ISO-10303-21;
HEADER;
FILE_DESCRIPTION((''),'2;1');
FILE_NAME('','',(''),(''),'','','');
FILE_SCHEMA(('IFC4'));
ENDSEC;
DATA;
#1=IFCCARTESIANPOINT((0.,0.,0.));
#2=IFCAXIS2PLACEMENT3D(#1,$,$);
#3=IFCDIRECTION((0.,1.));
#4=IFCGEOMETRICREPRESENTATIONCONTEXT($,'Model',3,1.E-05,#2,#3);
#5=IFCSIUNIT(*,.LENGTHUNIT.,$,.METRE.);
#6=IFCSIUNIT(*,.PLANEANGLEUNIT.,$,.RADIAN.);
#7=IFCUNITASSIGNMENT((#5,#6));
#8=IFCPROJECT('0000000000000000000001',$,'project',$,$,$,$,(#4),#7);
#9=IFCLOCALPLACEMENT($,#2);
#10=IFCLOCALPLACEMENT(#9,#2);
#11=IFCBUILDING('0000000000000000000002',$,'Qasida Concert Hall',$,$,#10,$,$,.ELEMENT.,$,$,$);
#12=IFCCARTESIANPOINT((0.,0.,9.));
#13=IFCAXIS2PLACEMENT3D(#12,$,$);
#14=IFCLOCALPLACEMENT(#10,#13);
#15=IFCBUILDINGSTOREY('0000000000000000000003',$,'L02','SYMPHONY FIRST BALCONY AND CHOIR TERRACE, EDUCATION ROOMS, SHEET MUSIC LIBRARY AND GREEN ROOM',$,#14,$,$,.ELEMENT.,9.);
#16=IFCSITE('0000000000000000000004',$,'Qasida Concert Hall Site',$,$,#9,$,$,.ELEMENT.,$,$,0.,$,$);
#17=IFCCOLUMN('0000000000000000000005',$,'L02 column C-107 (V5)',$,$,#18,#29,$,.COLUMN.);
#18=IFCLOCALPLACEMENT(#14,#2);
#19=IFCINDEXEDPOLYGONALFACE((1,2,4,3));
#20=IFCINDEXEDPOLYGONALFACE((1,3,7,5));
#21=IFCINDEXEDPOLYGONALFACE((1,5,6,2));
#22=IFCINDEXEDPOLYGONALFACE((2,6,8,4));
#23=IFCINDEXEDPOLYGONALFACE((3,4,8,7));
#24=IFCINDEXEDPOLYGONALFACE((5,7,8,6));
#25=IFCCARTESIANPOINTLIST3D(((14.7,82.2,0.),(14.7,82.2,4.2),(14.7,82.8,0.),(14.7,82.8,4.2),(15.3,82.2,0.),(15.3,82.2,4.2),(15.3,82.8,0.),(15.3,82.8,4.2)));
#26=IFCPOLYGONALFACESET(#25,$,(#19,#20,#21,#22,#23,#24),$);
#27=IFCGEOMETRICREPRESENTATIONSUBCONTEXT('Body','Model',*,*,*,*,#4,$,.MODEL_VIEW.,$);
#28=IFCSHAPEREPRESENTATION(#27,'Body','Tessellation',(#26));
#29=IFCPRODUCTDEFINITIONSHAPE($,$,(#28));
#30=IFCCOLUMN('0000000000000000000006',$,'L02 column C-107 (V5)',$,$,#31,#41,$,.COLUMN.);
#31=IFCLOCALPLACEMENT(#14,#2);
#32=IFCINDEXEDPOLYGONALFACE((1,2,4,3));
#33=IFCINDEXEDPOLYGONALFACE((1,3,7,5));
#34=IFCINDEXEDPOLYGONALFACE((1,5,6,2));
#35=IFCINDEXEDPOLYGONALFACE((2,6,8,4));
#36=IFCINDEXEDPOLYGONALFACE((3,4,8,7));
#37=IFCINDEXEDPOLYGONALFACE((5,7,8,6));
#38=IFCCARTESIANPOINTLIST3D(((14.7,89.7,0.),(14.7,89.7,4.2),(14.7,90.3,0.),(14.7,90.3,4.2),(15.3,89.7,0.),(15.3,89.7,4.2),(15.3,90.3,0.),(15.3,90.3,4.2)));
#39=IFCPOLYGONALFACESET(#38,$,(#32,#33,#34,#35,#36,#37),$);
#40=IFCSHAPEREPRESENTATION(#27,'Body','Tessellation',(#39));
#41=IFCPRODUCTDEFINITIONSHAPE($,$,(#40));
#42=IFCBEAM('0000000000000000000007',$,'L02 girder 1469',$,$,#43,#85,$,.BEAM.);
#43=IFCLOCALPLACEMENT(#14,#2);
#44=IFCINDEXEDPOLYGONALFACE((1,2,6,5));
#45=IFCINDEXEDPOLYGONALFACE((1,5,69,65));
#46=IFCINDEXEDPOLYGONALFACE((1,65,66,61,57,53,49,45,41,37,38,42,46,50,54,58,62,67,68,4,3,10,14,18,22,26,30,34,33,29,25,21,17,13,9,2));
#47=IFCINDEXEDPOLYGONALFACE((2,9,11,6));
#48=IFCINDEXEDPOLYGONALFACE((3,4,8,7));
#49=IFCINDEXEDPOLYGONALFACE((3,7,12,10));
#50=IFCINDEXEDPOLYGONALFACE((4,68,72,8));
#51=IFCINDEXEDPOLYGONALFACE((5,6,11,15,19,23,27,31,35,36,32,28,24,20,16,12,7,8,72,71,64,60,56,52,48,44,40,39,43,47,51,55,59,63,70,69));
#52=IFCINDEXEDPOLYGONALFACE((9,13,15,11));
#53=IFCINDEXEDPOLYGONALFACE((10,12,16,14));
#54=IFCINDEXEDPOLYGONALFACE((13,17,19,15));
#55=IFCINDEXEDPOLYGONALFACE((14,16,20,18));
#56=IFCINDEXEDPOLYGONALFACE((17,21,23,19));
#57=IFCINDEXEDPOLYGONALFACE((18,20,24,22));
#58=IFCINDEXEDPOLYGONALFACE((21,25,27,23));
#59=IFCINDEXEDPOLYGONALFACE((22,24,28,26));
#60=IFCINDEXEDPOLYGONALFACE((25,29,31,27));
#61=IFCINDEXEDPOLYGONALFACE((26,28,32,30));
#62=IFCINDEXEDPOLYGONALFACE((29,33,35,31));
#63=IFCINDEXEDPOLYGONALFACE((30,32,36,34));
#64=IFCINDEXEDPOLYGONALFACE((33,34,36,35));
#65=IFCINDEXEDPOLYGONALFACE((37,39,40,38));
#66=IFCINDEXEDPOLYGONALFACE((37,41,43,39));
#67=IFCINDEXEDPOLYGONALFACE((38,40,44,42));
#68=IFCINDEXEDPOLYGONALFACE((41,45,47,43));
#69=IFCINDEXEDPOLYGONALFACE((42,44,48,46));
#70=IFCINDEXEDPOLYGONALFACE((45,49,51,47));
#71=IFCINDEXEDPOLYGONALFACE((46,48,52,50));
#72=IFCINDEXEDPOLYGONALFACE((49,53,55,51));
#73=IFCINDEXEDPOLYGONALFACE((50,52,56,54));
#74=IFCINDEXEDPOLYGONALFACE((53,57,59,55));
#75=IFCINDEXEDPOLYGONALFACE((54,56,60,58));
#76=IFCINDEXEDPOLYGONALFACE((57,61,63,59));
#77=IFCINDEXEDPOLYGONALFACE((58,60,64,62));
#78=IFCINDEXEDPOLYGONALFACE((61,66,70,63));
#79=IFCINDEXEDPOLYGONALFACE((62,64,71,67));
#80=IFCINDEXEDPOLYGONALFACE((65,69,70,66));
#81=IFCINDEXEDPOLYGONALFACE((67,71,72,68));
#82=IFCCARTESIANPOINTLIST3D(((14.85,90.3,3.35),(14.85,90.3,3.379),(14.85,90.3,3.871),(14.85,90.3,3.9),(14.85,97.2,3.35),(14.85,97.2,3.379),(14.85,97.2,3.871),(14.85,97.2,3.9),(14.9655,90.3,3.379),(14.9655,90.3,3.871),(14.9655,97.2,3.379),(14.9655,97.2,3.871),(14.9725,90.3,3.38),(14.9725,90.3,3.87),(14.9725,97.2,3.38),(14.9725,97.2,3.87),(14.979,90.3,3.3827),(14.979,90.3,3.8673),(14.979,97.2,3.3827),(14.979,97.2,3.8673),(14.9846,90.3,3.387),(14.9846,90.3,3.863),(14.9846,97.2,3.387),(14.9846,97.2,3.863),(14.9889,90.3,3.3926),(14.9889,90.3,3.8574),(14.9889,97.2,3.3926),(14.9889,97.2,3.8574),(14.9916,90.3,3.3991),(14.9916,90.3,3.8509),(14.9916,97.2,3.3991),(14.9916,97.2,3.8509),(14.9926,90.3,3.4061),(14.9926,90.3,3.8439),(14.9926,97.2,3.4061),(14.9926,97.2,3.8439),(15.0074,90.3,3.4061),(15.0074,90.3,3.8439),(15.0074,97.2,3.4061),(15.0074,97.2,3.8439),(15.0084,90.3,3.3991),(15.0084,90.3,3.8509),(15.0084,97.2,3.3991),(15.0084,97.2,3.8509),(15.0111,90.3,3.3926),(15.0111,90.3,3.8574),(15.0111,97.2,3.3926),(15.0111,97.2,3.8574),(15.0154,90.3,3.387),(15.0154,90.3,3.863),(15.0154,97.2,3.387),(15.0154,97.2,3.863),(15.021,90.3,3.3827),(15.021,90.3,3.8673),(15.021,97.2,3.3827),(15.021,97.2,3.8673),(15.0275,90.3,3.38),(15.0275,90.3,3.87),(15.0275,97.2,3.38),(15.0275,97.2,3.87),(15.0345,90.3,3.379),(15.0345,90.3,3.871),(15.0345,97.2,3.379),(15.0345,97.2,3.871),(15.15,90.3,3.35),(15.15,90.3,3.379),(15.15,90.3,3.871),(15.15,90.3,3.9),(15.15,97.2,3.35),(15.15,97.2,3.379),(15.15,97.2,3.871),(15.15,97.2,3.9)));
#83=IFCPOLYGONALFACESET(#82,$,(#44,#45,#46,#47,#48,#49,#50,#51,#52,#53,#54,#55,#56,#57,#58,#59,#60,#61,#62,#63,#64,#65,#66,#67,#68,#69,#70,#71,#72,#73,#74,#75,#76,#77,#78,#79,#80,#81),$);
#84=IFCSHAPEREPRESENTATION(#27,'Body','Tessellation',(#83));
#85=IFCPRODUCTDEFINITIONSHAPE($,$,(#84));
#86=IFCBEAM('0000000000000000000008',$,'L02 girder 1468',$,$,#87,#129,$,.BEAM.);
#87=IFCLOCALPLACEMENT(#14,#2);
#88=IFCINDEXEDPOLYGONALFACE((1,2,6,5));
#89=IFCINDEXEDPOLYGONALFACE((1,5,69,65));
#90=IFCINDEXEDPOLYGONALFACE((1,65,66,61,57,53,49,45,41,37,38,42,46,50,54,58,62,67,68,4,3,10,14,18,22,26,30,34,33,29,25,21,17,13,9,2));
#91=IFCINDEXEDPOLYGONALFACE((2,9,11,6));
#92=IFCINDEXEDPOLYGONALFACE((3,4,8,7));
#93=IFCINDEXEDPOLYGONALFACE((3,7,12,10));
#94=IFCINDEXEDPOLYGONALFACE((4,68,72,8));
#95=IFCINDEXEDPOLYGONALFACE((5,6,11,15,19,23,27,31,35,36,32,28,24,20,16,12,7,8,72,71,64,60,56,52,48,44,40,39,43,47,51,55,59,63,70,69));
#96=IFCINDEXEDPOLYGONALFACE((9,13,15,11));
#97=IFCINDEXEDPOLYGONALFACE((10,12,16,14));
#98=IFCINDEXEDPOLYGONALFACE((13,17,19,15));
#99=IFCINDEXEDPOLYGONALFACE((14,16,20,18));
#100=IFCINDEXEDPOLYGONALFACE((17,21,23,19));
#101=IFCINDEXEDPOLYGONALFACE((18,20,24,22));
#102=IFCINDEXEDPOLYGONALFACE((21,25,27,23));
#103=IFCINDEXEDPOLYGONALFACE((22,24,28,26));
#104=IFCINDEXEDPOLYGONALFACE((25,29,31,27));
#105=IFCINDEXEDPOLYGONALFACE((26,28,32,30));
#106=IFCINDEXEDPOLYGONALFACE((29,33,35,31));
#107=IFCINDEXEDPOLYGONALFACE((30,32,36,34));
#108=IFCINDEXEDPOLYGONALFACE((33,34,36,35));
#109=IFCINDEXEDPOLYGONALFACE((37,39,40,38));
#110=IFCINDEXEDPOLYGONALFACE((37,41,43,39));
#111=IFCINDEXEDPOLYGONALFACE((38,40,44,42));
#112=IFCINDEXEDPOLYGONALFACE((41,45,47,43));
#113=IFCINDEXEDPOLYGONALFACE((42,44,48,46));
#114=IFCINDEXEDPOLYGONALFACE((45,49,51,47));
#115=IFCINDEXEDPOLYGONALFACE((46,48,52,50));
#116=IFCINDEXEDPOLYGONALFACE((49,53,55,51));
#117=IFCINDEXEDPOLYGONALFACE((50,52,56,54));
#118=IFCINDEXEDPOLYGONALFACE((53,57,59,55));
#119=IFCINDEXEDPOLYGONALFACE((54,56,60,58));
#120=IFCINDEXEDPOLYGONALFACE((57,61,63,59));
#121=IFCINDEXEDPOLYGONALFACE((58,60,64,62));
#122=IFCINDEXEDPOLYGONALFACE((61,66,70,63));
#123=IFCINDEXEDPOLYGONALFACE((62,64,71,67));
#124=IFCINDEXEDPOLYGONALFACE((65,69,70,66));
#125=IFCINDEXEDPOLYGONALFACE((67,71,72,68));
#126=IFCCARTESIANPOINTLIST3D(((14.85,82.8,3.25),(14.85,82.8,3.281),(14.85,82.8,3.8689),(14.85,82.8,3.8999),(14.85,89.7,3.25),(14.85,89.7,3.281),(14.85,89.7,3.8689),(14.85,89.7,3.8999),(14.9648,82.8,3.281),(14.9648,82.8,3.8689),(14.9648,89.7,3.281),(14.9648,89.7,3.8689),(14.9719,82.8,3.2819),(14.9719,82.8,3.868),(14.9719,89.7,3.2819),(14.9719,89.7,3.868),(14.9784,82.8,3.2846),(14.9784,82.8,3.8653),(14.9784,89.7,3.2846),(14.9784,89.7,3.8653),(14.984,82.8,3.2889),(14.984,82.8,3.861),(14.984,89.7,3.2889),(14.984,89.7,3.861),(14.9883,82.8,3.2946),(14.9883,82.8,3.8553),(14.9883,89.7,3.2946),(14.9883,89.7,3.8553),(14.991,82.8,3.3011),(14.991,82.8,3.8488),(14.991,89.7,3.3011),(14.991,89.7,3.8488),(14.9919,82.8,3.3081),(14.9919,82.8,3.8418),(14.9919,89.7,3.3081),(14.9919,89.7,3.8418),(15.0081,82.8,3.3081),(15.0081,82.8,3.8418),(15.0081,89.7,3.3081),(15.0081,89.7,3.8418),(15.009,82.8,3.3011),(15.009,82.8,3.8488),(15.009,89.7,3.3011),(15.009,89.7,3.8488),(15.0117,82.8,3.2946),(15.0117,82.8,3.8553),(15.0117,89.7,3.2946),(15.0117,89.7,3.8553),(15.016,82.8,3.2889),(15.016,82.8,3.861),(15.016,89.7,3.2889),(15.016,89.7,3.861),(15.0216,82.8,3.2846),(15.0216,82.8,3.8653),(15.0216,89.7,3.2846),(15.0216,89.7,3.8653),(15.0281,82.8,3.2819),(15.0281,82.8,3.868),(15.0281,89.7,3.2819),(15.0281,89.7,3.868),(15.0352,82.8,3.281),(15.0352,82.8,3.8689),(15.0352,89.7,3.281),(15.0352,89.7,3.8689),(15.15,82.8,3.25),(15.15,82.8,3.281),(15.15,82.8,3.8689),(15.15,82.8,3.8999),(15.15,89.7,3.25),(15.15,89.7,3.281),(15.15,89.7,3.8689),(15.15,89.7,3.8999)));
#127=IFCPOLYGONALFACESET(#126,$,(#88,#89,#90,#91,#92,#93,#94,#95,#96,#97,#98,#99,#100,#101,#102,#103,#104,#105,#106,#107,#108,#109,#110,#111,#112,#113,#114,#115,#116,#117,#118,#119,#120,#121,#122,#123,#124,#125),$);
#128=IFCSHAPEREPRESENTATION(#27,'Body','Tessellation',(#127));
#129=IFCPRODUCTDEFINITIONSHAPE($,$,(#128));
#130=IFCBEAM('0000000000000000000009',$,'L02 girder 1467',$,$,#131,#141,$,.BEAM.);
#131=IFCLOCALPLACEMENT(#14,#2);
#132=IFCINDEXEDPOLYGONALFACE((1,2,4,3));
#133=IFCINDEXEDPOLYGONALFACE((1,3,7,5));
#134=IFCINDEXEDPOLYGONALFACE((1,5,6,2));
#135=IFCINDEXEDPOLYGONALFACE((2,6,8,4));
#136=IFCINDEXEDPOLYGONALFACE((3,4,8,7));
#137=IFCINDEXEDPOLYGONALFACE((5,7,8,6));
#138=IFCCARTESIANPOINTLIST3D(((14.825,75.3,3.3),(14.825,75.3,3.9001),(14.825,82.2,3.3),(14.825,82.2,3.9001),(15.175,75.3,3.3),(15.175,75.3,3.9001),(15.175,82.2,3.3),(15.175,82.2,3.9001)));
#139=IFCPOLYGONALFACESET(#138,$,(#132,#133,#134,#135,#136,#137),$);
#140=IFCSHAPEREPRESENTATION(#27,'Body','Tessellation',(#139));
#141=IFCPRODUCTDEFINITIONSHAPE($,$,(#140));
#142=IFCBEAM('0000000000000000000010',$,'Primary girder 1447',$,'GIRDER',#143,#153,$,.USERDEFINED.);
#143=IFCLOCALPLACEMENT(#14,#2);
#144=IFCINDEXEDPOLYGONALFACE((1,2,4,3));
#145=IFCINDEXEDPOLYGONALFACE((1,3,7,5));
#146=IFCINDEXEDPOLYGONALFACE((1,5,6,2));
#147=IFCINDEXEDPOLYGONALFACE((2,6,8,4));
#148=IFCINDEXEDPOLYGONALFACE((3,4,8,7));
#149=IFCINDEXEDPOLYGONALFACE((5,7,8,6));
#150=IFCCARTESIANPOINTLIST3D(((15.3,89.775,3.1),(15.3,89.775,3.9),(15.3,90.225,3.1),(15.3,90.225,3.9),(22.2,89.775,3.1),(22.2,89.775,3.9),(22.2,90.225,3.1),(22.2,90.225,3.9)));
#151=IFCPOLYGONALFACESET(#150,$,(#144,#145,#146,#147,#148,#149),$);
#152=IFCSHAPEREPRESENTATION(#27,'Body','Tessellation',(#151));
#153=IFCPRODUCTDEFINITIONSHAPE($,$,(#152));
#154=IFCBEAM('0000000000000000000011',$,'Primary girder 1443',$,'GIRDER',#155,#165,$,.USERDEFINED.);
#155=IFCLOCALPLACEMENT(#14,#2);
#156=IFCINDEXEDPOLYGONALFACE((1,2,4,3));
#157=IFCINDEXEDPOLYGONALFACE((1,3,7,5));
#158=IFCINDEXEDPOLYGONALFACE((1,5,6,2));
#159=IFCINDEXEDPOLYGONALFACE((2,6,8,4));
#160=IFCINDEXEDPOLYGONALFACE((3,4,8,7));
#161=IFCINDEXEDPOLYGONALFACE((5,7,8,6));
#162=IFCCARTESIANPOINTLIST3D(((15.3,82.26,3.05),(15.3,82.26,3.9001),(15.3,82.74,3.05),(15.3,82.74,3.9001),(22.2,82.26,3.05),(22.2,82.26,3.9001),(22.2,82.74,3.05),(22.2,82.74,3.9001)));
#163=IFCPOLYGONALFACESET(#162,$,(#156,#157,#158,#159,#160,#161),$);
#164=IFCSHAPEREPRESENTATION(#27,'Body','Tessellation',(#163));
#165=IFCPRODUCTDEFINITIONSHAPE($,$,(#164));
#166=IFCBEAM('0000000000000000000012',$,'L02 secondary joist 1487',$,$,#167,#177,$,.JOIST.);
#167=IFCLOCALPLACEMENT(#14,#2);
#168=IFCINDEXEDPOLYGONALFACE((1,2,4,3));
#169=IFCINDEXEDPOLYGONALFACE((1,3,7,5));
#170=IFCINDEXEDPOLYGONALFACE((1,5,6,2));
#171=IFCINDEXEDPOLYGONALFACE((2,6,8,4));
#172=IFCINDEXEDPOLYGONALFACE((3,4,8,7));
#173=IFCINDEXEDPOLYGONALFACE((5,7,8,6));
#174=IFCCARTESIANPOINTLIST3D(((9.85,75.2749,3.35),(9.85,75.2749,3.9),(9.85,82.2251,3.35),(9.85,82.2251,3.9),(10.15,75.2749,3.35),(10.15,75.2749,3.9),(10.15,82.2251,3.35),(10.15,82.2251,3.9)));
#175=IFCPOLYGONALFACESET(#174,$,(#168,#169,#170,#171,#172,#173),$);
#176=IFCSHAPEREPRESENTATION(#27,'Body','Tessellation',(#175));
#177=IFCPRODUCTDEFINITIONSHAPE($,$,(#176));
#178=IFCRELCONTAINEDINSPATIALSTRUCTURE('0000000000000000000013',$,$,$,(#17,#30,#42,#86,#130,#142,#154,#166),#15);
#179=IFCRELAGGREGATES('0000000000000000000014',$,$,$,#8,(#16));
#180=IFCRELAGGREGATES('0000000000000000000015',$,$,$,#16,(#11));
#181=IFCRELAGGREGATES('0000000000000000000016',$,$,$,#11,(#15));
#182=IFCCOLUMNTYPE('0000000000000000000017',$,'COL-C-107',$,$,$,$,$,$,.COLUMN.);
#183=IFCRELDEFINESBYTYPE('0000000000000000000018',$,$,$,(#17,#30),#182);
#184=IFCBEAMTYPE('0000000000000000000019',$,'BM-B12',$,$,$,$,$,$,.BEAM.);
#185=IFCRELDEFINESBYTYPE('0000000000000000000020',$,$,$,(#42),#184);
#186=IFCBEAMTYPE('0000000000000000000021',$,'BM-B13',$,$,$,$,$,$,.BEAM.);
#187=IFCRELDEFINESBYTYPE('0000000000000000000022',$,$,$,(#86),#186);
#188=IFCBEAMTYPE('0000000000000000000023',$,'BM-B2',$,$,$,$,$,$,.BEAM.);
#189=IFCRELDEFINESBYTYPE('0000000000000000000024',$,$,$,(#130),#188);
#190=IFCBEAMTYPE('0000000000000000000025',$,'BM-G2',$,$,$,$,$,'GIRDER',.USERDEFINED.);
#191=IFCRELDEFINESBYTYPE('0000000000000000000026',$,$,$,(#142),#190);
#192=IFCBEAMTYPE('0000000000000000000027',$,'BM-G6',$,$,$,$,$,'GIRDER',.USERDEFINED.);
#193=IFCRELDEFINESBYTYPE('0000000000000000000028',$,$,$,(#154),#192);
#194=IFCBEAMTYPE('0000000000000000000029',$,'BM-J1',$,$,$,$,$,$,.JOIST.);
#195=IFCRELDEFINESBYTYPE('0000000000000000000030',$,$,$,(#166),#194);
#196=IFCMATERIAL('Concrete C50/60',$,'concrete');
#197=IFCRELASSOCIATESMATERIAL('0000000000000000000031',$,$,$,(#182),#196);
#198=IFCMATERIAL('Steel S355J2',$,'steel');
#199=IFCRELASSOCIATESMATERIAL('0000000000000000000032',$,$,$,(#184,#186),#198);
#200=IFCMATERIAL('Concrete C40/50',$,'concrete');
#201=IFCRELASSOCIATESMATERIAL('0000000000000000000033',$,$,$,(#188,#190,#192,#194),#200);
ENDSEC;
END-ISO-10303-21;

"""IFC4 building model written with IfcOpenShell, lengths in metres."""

from ifc_helpers import new_model, si_unit, direction, frame, origin, origin_2d, place, context, subcontext, project, spatial, rectangle, i_section, extrude, material, material_profile, profile_set, type_object, element, save


model = new_model("IFC4")

# Units and contexts
model_context = context("Model", 3, precision=1e-05, world=origin(), true_north=direction((0.0, 1.0)))
body_context = subcontext(model_context, "Body", "Model", "MODEL_VIEW")
ifc_project = project(units=[si_unit("LENGTHUNIT", "METRE"), si_unit("PLANEANGLEUNIT", "RADIAN")], contexts=[model_context])

# Site, building, storey
site_placement = place(None, origin())
site = spatial("IfcSite", under=ifc_project, at=site_placement, Name="Qasida Concert Hall Site", CompositionType="ELEMENT", RefElevation=0.0)
building_placement = place(site_placement, origin())
building = spatial("IfcBuilding", under=site, at=building_placement, Name="Qasida Concert Hall", CompositionType="ELEMENT")
storey_placement = place(building_placement, frame((0.0, 0.0, 9.0)))
storey = spatial("IfcBuildingStorey", under=building, at=storey_placement, Name="L02", Description="SYMPHONY FIRST BALCONY AND CHOIR TERRACE, EDUCATION ROOMS, SHEET MUSIC LIBRARY AND GREEN ROOM", CompositionType="ELEMENT", Elevation=9.0)

# Columns
ifc_material_1 = material(Name="Concrete C50/60", Category="concrete")
ifc_material_profile_1 = material_profile(ifc_material_1, rectangle(XDim=0.6001, YDim=0.6001, at=origin_2d()), Name="RC 600x600")
ifc_profile_set_1 = profile_set([ifc_material_profile_1], Name="Concrete C50/60")
column_type = type_object("IfcColumnType", Name="COL-C-107", PredefinedType="COLUMN", material=ifc_profile_set_1)
for number, where, z_axis, x_axis, name in (
    (1, (15.0, 82.5, 0.0), (0.0, 0.0, 1.0), (1.0, 0.0, 0.0), "L02 column C-107 (V5)"),
    (2, (15.0, 90.0, 0.0), (0.0, 0.0, 1.0), (1.0, 0.0, 0.0), "L02 column C-107 (V5)"),
):
    element("IfcColumn", number, at=place(storey_placement, frame(where, z_axis=z_axis, x_axis=x_axis)), inside=storey, type_object=column_type, Name=name, PredefinedType="COLUMN", context=body_context, shape_type="SweptSolid", body=[
        extrude(rectangle(XDim=0.6001, YDim=0.6001, at=origin_2d()), origin(), (0.0, 0.0, 1.0), 4.2),
    ])

# Beams
ifc_material_2 = material(Name="Steel S355J2", Category="steel")
ifc_material_profile_2 = material_profile(ifc_material_2, i_section(OverallWidth=0.3, OverallDepth=0.55, WebThickness=0.0149, FlangeThickness=0.0291, FilletRadius=0.0271, at=origin_2d()), Name="HEB 550")
ifc_profile_set_2 = profile_set([ifc_material_profile_2], Name="Steel S355J2")
beam_type_1 = type_object("IfcBeamType", Name="BM-B12", PredefinedType="BEAM", material=ifc_profile_set_2)
beam_1_placement = place(storey_placement, frame((15.0, 90.3, 3.625), z_axis=(0.0, 1.0, 0.0), x_axis=(-1.0, 0.0, 0.0)))
element("IfcBeam", 3, at=beam_1_placement, inside=storey, type_object=beam_type_1, Name="L02 girder 1469", PredefinedType="BEAM", context=body_context, shape_type="SweptSolid", body=[
    extrude(i_section(OverallWidth=0.3, OverallDepth=0.55, WebThickness=0.0149, FlangeThickness=0.0291, FilletRadius=0.0271, at=origin_2d()), origin(), (0.0, 0.0, 1.0), 6.8999),
])
ifc_material_profile_3 = material_profile(ifc_material_2, i_section(OverallWidth=0.3, OverallDepth=0.6499, WebThickness=0.0161, FlangeThickness=0.031, FilletRadius=0.0271, at=origin_2d()), Name="HEB 650")
ifc_profile_set_3 = profile_set([ifc_material_profile_3], Name="Steel S355J2")
beam_type_2 = type_object("IfcBeamType", Name="BM-B13", PredefinedType="BEAM", material=ifc_profile_set_3)
beam_2_placement = place(storey_placement, frame((15.0, 82.8, 3.575), z_axis=(0.0, 1.0, 0.0), x_axis=(-1.0, 0.0, 0.0)))
element("IfcBeam", 4, at=beam_2_placement, inside=storey, type_object=beam_type_2, Name="L02 girder 1468", PredefinedType="BEAM", context=body_context, shape_type="SweptSolid", body=[
    extrude(i_section(OverallWidth=0.3, OverallDepth=0.6499, WebThickness=0.0161, FlangeThickness=0.031, FilletRadius=0.0271, at=origin_2d()), origin(), (0.0, 0.0, 1.0), 6.8999),
])
ifc_material_3 = material(Name="Concrete C40/50", Category="concrete")
ifc_material_profile_4 = material_profile(ifc_material_3, rectangle(XDim=0.3501, YDim=0.6001, at=origin_2d()), Name="RC 350x600")
ifc_profile_set_4 = profile_set([ifc_material_profile_4], Name="Concrete C40/50")
beam_type_3 = type_object("IfcBeamType", Name="BM-B2", PredefinedType="BEAM", material=ifc_profile_set_4)
beam_3_placement = place(storey_placement, frame((15.0, 75.3, 3.6001), z_axis=(0.0, 1.0, 0.0), x_axis=(-1.0, 0.0, 0.0)))
element("IfcBeam", 5, at=beam_3_placement, inside=storey, type_object=beam_type_3, Name="L02 girder 1467", PredefinedType="BEAM", context=body_context, shape_type="SweptSolid", body=[
    extrude(rectangle(XDim=0.3501, YDim=0.6001, at=origin_2d()), origin(), (0.0, 0.0, 1.0), 6.8999),
])
ifc_material_profile_5 = material_profile(ifc_material_3, rectangle(XDim=0.45, YDim=0.8, at=origin_2d()), Name="RC 450x800")
ifc_profile_set_5 = profile_set([ifc_material_profile_5], Name="Concrete C40/50")
beam_type_4 = type_object("IfcBeamType", Name="BM-G2", ElementType="GIRDER", PredefinedType="USERDEFINED", material=ifc_profile_set_5)
beam_4_placement = place(storey_placement, frame((15.3, 90.0, 3.5), z_axis=(1.0, 0.0, 0.0), x_axis=(0.0, 1.0, 0.0)))
element("IfcBeam", 6, at=beam_4_placement, inside=storey, type_object=beam_type_4, Name="Primary girder 1447", ObjectType="GIRDER", PredefinedType="USERDEFINED", context=body_context, shape_type="SweptSolid", body=[
    extrude(rectangle(XDim=0.45, YDim=0.8, at=origin_2d()), origin(), (0.0, 0.0, 1.0), 6.8999),
])
ifc_material_profile_6 = material_profile(ifc_material_3, rectangle(XDim=0.48, YDim=0.8501, at=origin_2d()), Name="RC 480x850")
ifc_profile_set_6 = profile_set([ifc_material_profile_6], Name="Concrete C40/50")
beam_type_5 = type_object("IfcBeamType", Name="BM-G6", ElementType="GIRDER", PredefinedType="USERDEFINED", material=ifc_profile_set_6)
beam_5_placement = place(storey_placement, frame((15.3, 82.5, 3.4751), z_axis=(1.0, 0.0, 0.0), x_axis=(0.0, 1.0, 0.0)))
element("IfcBeam", 7, at=beam_5_placement, inside=storey, type_object=beam_type_5, Name="Primary girder 1443", ObjectType="GIRDER", PredefinedType="USERDEFINED", context=body_context, shape_type="SweptSolid", body=[
    extrude(rectangle(XDim=0.48, YDim=0.8501, at=origin_2d()), origin(), (0.0, 0.0, 1.0), 6.8999),
])
ifc_material_profile_7 = material_profile(ifc_material_3, rectangle(XDim=0.3, YDim=0.55, at=origin_2d()), Name="RC 300x550")
ifc_profile_set_7 = profile_set([ifc_material_profile_7], Name="Concrete C40/50")
beam_type_6 = type_object("IfcBeamType", Name="BM-J1", PredefinedType="JOIST", material=ifc_profile_set_7)
for number, where, z_axis, x_axis, name in (
    (8, (10.0, 75.2749, 3.625), (0.0, 1.0, 0.0), (-1.0, 0.0, 0.0), "L02 secondary joist 1487"),
):
    element("IfcBeam", number, at=place(storey_placement, frame(where, z_axis=z_axis, x_axis=x_axis)), inside=storey, type_object=beam_type_6, Name=name, PredefinedType="JOIST", context=body_context, shape_type="SweptSolid", body=[
        extrude(rectangle(XDim=0.3, YDim=0.55, at=origin_2d()), origin(), (0.0, 0.0, 1.0), 6.9502),
    ])

save(model, "model.ifc")
